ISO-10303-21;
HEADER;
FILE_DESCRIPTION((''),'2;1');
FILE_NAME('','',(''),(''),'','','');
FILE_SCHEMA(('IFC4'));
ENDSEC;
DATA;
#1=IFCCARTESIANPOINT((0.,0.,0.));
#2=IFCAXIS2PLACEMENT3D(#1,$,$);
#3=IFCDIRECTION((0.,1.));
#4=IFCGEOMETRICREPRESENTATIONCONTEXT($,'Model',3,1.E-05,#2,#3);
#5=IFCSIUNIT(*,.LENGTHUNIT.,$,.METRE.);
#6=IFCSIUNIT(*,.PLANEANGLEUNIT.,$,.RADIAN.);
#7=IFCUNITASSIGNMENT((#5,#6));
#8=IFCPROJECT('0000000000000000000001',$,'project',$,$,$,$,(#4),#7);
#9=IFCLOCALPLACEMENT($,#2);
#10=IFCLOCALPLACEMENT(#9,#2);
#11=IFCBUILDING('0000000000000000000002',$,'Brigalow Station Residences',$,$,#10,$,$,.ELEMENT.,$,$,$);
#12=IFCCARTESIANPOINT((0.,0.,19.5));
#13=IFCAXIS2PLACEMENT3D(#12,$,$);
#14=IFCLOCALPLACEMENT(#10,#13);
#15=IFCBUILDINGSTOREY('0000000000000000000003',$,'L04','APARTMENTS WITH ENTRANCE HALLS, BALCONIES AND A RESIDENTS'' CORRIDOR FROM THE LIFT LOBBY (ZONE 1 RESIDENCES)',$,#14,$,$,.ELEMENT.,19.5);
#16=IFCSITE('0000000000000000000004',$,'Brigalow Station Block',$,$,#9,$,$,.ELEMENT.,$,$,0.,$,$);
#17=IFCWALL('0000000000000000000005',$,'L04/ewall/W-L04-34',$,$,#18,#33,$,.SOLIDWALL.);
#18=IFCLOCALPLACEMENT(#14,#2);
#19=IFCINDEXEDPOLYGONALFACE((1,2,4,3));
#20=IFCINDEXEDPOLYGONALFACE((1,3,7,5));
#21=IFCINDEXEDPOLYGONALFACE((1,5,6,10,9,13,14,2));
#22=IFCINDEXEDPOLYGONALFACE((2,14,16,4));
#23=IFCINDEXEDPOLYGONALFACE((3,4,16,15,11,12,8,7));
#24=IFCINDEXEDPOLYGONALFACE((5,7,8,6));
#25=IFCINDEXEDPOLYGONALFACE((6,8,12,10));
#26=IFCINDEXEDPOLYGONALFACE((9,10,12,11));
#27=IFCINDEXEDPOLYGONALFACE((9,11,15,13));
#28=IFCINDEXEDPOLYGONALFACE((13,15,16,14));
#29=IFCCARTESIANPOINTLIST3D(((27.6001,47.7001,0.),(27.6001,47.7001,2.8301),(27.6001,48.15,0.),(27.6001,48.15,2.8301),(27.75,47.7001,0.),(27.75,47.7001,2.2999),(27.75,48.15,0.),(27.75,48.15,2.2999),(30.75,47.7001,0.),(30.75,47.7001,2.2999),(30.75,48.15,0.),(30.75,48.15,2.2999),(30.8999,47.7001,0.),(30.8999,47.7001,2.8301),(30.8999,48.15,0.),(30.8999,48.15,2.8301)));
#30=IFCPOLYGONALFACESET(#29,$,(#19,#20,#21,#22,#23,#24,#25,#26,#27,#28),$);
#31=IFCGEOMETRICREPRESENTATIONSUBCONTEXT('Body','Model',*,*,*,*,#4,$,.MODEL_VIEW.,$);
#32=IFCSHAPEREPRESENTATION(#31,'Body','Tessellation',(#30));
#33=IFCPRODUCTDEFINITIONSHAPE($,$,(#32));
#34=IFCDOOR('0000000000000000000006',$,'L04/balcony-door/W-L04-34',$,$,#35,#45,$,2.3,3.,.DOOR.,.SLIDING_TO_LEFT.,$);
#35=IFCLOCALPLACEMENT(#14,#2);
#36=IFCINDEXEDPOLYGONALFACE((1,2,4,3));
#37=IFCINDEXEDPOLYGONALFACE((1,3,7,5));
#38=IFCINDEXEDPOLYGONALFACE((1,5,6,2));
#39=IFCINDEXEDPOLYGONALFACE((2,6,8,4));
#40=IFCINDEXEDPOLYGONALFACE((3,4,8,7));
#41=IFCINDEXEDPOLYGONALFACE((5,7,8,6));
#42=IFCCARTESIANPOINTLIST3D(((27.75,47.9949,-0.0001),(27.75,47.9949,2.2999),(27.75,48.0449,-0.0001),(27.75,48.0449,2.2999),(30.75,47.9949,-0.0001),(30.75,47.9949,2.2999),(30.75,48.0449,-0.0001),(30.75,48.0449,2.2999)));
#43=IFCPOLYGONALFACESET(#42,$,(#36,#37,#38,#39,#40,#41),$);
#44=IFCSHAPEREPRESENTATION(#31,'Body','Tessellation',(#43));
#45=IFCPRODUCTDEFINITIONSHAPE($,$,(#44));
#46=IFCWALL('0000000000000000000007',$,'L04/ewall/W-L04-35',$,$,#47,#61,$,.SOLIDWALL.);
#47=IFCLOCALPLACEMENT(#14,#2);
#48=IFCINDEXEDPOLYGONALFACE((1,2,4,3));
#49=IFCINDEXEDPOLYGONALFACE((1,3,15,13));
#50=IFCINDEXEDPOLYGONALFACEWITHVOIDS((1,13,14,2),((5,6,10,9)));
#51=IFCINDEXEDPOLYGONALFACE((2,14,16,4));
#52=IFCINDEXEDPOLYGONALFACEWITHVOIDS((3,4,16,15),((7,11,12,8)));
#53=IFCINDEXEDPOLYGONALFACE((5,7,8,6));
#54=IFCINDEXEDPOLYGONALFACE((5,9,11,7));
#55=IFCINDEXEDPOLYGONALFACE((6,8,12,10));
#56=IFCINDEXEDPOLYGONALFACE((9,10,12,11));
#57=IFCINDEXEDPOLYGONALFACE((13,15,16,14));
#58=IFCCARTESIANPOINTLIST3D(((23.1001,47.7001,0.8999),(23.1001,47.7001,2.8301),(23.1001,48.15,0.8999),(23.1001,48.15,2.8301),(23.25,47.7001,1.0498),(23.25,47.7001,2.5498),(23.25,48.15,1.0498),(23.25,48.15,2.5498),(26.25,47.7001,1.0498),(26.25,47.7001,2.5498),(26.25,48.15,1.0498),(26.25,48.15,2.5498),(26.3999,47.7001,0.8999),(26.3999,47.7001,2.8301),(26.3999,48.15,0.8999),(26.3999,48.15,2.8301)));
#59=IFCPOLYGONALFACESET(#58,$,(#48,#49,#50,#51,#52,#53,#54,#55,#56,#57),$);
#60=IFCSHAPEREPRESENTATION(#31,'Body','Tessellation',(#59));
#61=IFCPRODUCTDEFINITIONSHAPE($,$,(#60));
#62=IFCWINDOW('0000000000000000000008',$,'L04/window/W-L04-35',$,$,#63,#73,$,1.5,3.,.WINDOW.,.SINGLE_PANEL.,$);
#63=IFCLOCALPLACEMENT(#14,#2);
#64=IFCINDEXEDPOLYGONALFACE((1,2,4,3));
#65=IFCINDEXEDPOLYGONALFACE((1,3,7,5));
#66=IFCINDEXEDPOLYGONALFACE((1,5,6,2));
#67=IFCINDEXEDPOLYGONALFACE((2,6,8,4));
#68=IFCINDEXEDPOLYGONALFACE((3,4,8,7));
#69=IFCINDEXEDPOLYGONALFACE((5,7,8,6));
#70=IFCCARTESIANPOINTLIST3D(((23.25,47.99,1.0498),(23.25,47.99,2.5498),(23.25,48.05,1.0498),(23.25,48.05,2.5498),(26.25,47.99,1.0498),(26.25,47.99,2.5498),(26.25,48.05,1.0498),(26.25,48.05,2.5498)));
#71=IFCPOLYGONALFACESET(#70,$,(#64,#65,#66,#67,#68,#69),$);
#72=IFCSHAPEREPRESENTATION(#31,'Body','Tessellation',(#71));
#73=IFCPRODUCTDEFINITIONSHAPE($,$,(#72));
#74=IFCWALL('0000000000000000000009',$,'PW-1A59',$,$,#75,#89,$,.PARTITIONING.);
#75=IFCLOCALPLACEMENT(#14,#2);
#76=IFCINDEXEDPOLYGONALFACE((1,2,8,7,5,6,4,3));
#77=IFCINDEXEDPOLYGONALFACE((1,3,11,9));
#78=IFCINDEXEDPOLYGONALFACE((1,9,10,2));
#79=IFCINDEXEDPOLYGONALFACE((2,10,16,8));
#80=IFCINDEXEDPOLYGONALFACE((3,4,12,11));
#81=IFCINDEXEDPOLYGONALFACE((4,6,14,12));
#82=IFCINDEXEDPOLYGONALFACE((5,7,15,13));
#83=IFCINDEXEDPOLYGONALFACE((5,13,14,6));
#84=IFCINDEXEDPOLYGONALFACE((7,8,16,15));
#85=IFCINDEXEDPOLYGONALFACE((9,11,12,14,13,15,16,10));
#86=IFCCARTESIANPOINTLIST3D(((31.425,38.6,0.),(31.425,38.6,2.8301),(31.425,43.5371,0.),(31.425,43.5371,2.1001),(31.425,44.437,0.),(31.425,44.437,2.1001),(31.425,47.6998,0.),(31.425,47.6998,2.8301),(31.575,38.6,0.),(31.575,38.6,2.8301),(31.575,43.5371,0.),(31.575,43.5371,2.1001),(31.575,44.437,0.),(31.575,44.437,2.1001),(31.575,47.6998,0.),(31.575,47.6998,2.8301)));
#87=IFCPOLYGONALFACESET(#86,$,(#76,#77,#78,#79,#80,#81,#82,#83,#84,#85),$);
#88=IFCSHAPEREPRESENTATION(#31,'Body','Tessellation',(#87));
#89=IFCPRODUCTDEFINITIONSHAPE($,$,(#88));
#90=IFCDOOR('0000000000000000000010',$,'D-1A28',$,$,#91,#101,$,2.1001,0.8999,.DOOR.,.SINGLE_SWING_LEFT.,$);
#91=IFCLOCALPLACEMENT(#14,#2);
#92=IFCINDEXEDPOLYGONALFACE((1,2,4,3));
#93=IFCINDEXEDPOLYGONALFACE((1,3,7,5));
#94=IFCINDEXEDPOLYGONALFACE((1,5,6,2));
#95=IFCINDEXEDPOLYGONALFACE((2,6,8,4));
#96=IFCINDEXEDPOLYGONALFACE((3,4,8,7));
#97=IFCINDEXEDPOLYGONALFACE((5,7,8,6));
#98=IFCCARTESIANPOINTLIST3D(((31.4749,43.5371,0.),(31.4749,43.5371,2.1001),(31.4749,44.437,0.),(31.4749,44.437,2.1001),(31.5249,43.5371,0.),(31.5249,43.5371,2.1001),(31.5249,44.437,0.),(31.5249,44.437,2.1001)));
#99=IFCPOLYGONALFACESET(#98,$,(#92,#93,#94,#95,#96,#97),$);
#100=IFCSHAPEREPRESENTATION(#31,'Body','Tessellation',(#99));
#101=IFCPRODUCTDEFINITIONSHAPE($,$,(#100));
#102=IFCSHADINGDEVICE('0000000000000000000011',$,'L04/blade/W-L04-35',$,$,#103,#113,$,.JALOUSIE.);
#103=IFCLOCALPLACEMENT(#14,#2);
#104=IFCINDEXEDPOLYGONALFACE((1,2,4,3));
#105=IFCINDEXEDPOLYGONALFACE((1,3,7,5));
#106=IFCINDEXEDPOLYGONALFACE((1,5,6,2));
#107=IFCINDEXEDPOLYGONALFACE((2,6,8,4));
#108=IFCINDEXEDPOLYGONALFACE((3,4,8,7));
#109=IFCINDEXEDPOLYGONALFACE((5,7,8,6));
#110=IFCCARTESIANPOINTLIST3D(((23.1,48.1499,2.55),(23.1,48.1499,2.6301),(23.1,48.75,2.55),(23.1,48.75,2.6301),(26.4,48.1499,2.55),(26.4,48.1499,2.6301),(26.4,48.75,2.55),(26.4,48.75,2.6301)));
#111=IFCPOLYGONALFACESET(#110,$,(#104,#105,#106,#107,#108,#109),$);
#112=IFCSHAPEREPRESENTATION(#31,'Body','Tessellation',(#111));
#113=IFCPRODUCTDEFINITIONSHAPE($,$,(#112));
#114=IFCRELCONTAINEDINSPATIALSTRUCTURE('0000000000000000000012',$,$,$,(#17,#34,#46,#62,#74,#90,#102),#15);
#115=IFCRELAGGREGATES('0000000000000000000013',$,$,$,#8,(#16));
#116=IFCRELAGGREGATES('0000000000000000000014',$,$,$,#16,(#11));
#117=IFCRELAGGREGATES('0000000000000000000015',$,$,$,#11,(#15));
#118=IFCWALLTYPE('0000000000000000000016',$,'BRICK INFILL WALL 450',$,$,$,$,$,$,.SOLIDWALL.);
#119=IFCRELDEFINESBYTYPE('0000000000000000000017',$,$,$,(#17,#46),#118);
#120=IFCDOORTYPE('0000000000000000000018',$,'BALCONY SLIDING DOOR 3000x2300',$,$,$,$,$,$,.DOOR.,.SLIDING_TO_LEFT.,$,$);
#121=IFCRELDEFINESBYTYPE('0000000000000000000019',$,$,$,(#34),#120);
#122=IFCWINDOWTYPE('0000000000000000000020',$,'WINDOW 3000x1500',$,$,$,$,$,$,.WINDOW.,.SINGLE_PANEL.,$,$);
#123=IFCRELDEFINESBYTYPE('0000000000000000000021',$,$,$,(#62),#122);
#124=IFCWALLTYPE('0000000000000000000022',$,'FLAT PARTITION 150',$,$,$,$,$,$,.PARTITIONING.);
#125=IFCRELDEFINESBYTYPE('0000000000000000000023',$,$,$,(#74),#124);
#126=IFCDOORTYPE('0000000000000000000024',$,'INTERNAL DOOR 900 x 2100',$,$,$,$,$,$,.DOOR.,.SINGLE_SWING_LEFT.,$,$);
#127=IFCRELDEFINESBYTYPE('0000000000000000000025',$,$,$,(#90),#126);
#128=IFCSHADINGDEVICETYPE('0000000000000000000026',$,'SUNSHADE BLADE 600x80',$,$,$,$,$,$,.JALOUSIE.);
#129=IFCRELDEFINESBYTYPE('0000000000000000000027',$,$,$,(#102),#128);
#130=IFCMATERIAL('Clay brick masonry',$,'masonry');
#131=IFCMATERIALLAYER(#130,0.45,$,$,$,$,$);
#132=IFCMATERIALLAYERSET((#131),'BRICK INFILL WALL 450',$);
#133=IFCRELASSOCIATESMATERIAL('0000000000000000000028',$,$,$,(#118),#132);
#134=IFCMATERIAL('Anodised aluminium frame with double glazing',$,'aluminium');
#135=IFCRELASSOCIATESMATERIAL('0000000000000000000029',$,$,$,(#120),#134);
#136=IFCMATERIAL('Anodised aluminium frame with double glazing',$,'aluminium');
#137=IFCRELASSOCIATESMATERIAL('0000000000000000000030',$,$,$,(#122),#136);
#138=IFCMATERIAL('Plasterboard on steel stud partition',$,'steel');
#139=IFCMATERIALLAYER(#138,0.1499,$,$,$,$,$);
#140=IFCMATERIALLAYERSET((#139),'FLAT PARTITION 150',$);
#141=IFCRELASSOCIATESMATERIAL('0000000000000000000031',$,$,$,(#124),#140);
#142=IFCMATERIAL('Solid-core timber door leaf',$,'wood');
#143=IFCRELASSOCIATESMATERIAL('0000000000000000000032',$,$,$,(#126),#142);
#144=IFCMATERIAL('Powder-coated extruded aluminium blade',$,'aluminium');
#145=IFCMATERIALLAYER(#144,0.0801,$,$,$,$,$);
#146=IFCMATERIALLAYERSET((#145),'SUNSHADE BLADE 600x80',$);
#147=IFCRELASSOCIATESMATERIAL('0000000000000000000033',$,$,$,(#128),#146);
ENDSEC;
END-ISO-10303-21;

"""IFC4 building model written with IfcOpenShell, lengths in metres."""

from ifc_helpers import new_model, si_unit, direction, frame, frame_2d, origin, origin_2d, place, context, subcontext, project, spatial, rectangle, extrude, material, layer, layer_set, type_object, element, fill, save


model = new_model("IFC4")

# Units and contexts
model_context = context("Model", 3, precision=1e-05, world=origin(), true_north=direction((0.0, 1.0)))
body_context = subcontext(model_context, "Body", "Model", "MODEL_VIEW")
ifc_project = project(units=[si_unit("LENGTHUNIT", "METRE"), si_unit("PLANEANGLEUNIT", "RADIAN")], contexts=[model_context])

# Site, building, storey
site_placement = place(None, origin())
site = spatial("IfcSite", under=ifc_project, at=site_placement, Name="Brigalow Station Block", CompositionType="ELEMENT", RefElevation=0.0)
building_placement = place(site_placement, origin())
building = spatial("IfcBuilding", under=site, at=building_placement, Name="Brigalow Station Residences", CompositionType="ELEMENT")
storey_placement = place(building_placement, frame((0.0, 0.0, 19.5)))
storey = spatial("IfcBuildingStorey", under=building, at=storey_placement, Name="L04", Description="APARTMENTS WITH ENTRANCE HALLS, BALCONIES AND A RESIDENTS' CORRIDOR FROM THE LIFT LOBBY (ZONE 1 RESIDENCES)", CompositionType="ELEMENT", Elevation=19.5)

# Wall, opening, door
ifc_material_1 = material(Name="Clay brick masonry", Category="masonry")
ifc_layer_1 = layer(ifc_material_1, 0.45)
ifc_layer_set_1 = layer_set([ifc_layer_1], Name="BRICK INFILL WALL 450")
wall_type_1 = type_object("IfcWallType", Name="BRICK INFILL WALL 450", PredefinedType="SOLIDWALL", material=ifc_layer_set_1)
ifc_material_2 = material(Name="Anodised aluminium frame with double glazing", Category="aluminium")
door_type_1 = type_object("IfcDoorType", Name="BALCONY SLIDING DOOR 3000x2300", OperationType="SLIDING_TO_LEFT", PredefinedType="DOOR", material=ifc_material_2)
wall_1_placement = place(storey_placement, frame((30.8999, 47.925, 0.0), z_axis=(0.0, 0.0, 1.0), x_axis=(-1.0, 0.0, 0.0)))
wall_1 = element("IfcWall", 1, at=wall_1_placement, inside=storey, type_object=wall_type_1, Name="L04/ewall/W-L04-34", PredefinedType="SOLIDWALL", context=body_context, shape_type="SweptSolid", body=[
    extrude(rectangle(XDim=3.2998, YDim=0.45, at=frame_2d((1.6499, 0.0))), origin(), (0.0, 0.0, 1.0), 2.8301),
])
opening_1_placement = place(wall_1_placement, frame((0.1499, 0.0, 0.0)))
opening_1 = element("IfcOpeningElement", 2, at=opening_1_placement, cuts=wall_1, PredefinedType="OPENING", context=body_context, shape_type="SweptSolid", body=[
    extrude(rectangle(XDim=3.0, YDim=2.3, at=frame_2d((1.5, 1.1499))), frame((0.0, 0.2349, 0.0), z_axis=(0.0, -1.0, 0.0), x_axis=(1.0, 0.0, 0.0)), (0.0, 0.0, 1.0), 0.47),
])
door_1_placement = place(opening_1_placement, origin())
door_1 = element("IfcDoor", 3, at=door_1_placement, inside=storey, type_object=door_type_1, Name="L04/balcony-door/W-L04-34", OperationType="SLIDING_TO_LEFT", OverallHeight=2.3, OverallWidth=3.0, PredefinedType="DOOR", context=body_context, shape_type="SweptSolid", body=[
    extrude(rectangle(XDim=3.0, YDim=2.3, at=frame_2d((1.5, 1.1499))), frame((0.0, -0.0698, 0.0), z_axis=(0.0, -1.0, 0.0), x_axis=(1.0, 0.0, 0.0)), (0.0, 0.0, 1.0), 0.05),
])
fill(opening_1, door_1)

# Wall, opening, window
wall_2_placement = place(storey_placement, frame((26.3999, 47.925, 0.8999), z_axis=(0.0, 0.0, 1.0), x_axis=(-1.0, 0.0, 0.0)))
wall_2 = element("IfcWall", 4, at=wall_2_placement, inside=storey, type_object=wall_type_1, Name="L04/ewall/W-L04-35", PredefinedType="SOLIDWALL", context=body_context, shape_type="SweptSolid", body=[
    extrude(rectangle(XDim=3.2998, YDim=0.45, at=frame_2d((1.6499, 0.0))), origin(), (0.0, 0.0, 1.0), 1.9302),
])
opening_2_placement = place(wall_2_placement, frame((0.1499, 0.0, 0.1499)))
opening_2 = element("IfcOpeningElement", 5, at=opening_2_placement, cuts=wall_2, PredefinedType="OPENING", context=body_context, shape_type="SweptSolid", body=[
    extrude(rectangle(XDim=3.0, YDim=1.5, at=frame_2d((1.5, 0.75))), frame((0.0, 0.2349, 0.0), z_axis=(0.0, -1.0, 0.0), x_axis=(1.0, 0.0, 0.0)), (0.0, 0.0, 1.0), 0.47),
])
ifc_material_3 = material(Name="Anodised aluminium frame with double glazing", Category="aluminium")
window_type = type_object("IfcWindowType", Name="WINDOW 3000x1500", PartitioningType="SINGLE_PANEL", PredefinedType="WINDOW", material=ifc_material_3)
window_placement = place(opening_2_placement, origin())
window = element("IfcWindow", 6, at=window_placement, inside=storey, type_object=window_type, Name="L04/window/W-L04-35", OverallHeight=1.5, OverallWidth=3.0, PartitioningType="SINGLE_PANEL", PredefinedType="WINDOW", context=body_context, shape_type="SweptSolid", body=[
    extrude(rectangle(XDim=3.0, YDim=1.5, at=frame_2d((1.5, 0.75))), frame((0.0, -0.0649, 0.0), z_axis=(0.0, -1.0, 0.0), x_axis=(1.0, 0.0, 0.0)), (0.0, 0.0, 1.0), 0.0601),
])
fill(opening_2, window)

# Wall, opening, door
ifc_material_4 = material(Name="Plasterboard on steel stud partition", Category="steel")
ifc_layer_2 = layer(ifc_material_4, 0.1499)
ifc_layer_set_2 = layer_set([ifc_layer_2], Name="FLAT PARTITION 150")
wall_type_2 = type_object("IfcWallType", Name="FLAT PARTITION 150", PredefinedType="PARTITIONING", material=ifc_layer_set_2)
wall_3_placement = place(storey_placement, frame((31.5, 38.6001, 0.0), z_axis=(0.0, 0.0, 1.0), x_axis=(0.0, 1.0, 0.0)))
wall_3 = element("IfcWall", 7, at=wall_3_placement, inside=storey, type_object=wall_type_2, Name="PW-1A59", PredefinedType="PARTITIONING", context=body_context, shape_type="SweptSolid", body=[
    extrude(rectangle(XDim=9.0999, YDim=0.1499, at=frame_2d((4.5498, 0.0))), origin(), (0.0, 0.0, 1.0), 2.8301),
])
opening_3_placement = place(wall_3_placement, frame((4.937, 0.0, 0.0)))
opening_3 = element("IfcOpeningElement", 8, at=opening_3_placement, cuts=wall_3, PredefinedType="OPENING", context=body_context, shape_type="SweptSolid", body=[
    extrude(rectangle(XDim=0.8999, YDim=2.1001, at=frame_2d((0.45, 1.05))), frame((0.0, 0.085, 0.0), z_axis=(0.0, -1.0, 0.0), x_axis=(1.0, 0.0, 0.0)), (0.0, 0.0, 1.0), 0.1699),
])
ifc_material_5 = material(Name="Solid-core timber door leaf", Category="wood")
door_type_2 = type_object("IfcDoorType", Name="INTERNAL DOOR 900 x 2100", OperationType="SINGLE_SWING_LEFT", PredefinedType="DOOR", material=ifc_material_5)
door_2_placement = place(opening_3_placement, frame((0.8999, 0.0, 0.0), z_axis=(0.0, 0.0, 1.0), x_axis=(-1.0, 0.0, 0.0)))
door_2 = element("IfcDoor", 9, at=door_2_placement, inside=storey, type_object=door_type_2, Name="D-1A28", OperationType="SINGLE_SWING_LEFT", OverallHeight=2.1001, OverallWidth=0.8999, PredefinedType="DOOR", context=body_context, shape_type="SweptSolid", body=[
    extrude(rectangle(XDim=0.8999, YDim=2.1001, at=frame_2d((0.45, 1.05))), frame((0.0, 0.0249, 0.0), z_axis=(0.0, -1.0, 0.0), x_axis=(1.0, 0.0, 0.0)), (0.0, 0.0, 1.0), 0.05),
])
fill(opening_3, door_2)

# Shading device
ifc_material_6 = material(Name="Powder-coated extruded aluminium blade", Category="aluminium")
ifc_layer_3 = layer(ifc_material_6, 0.0801)
ifc_layer_set_3 = layer_set([ifc_layer_3], Name="SUNSHADE BLADE 600x80")
shading_device_type = type_object("IfcShadingDeviceType", Name="SUNSHADE BLADE 600x80", PredefinedType="JALOUSIE", material=ifc_layer_set_3)
shading_device_placement = place(storey_placement, frame((24.75, 48.45, 2.55), z_axis=(0.0, 0.0, 1.0), x_axis=(-1.0, 0.0, 0.0)))
element("IfcShadingDevice", 10, at=shading_device_placement, inside=storey, type_object=shading_device_type, Name="L04/blade/W-L04-35", PredefinedType="JALOUSIE", context=body_context, shape_type="SweptSolid", body=[
    extrude(rectangle(XDim=3.3, YDim=0.6001, at=origin_2d()), origin(), (0.0, 0.0, 1.0), 0.0801),
])

save(model, "model.ifc")
